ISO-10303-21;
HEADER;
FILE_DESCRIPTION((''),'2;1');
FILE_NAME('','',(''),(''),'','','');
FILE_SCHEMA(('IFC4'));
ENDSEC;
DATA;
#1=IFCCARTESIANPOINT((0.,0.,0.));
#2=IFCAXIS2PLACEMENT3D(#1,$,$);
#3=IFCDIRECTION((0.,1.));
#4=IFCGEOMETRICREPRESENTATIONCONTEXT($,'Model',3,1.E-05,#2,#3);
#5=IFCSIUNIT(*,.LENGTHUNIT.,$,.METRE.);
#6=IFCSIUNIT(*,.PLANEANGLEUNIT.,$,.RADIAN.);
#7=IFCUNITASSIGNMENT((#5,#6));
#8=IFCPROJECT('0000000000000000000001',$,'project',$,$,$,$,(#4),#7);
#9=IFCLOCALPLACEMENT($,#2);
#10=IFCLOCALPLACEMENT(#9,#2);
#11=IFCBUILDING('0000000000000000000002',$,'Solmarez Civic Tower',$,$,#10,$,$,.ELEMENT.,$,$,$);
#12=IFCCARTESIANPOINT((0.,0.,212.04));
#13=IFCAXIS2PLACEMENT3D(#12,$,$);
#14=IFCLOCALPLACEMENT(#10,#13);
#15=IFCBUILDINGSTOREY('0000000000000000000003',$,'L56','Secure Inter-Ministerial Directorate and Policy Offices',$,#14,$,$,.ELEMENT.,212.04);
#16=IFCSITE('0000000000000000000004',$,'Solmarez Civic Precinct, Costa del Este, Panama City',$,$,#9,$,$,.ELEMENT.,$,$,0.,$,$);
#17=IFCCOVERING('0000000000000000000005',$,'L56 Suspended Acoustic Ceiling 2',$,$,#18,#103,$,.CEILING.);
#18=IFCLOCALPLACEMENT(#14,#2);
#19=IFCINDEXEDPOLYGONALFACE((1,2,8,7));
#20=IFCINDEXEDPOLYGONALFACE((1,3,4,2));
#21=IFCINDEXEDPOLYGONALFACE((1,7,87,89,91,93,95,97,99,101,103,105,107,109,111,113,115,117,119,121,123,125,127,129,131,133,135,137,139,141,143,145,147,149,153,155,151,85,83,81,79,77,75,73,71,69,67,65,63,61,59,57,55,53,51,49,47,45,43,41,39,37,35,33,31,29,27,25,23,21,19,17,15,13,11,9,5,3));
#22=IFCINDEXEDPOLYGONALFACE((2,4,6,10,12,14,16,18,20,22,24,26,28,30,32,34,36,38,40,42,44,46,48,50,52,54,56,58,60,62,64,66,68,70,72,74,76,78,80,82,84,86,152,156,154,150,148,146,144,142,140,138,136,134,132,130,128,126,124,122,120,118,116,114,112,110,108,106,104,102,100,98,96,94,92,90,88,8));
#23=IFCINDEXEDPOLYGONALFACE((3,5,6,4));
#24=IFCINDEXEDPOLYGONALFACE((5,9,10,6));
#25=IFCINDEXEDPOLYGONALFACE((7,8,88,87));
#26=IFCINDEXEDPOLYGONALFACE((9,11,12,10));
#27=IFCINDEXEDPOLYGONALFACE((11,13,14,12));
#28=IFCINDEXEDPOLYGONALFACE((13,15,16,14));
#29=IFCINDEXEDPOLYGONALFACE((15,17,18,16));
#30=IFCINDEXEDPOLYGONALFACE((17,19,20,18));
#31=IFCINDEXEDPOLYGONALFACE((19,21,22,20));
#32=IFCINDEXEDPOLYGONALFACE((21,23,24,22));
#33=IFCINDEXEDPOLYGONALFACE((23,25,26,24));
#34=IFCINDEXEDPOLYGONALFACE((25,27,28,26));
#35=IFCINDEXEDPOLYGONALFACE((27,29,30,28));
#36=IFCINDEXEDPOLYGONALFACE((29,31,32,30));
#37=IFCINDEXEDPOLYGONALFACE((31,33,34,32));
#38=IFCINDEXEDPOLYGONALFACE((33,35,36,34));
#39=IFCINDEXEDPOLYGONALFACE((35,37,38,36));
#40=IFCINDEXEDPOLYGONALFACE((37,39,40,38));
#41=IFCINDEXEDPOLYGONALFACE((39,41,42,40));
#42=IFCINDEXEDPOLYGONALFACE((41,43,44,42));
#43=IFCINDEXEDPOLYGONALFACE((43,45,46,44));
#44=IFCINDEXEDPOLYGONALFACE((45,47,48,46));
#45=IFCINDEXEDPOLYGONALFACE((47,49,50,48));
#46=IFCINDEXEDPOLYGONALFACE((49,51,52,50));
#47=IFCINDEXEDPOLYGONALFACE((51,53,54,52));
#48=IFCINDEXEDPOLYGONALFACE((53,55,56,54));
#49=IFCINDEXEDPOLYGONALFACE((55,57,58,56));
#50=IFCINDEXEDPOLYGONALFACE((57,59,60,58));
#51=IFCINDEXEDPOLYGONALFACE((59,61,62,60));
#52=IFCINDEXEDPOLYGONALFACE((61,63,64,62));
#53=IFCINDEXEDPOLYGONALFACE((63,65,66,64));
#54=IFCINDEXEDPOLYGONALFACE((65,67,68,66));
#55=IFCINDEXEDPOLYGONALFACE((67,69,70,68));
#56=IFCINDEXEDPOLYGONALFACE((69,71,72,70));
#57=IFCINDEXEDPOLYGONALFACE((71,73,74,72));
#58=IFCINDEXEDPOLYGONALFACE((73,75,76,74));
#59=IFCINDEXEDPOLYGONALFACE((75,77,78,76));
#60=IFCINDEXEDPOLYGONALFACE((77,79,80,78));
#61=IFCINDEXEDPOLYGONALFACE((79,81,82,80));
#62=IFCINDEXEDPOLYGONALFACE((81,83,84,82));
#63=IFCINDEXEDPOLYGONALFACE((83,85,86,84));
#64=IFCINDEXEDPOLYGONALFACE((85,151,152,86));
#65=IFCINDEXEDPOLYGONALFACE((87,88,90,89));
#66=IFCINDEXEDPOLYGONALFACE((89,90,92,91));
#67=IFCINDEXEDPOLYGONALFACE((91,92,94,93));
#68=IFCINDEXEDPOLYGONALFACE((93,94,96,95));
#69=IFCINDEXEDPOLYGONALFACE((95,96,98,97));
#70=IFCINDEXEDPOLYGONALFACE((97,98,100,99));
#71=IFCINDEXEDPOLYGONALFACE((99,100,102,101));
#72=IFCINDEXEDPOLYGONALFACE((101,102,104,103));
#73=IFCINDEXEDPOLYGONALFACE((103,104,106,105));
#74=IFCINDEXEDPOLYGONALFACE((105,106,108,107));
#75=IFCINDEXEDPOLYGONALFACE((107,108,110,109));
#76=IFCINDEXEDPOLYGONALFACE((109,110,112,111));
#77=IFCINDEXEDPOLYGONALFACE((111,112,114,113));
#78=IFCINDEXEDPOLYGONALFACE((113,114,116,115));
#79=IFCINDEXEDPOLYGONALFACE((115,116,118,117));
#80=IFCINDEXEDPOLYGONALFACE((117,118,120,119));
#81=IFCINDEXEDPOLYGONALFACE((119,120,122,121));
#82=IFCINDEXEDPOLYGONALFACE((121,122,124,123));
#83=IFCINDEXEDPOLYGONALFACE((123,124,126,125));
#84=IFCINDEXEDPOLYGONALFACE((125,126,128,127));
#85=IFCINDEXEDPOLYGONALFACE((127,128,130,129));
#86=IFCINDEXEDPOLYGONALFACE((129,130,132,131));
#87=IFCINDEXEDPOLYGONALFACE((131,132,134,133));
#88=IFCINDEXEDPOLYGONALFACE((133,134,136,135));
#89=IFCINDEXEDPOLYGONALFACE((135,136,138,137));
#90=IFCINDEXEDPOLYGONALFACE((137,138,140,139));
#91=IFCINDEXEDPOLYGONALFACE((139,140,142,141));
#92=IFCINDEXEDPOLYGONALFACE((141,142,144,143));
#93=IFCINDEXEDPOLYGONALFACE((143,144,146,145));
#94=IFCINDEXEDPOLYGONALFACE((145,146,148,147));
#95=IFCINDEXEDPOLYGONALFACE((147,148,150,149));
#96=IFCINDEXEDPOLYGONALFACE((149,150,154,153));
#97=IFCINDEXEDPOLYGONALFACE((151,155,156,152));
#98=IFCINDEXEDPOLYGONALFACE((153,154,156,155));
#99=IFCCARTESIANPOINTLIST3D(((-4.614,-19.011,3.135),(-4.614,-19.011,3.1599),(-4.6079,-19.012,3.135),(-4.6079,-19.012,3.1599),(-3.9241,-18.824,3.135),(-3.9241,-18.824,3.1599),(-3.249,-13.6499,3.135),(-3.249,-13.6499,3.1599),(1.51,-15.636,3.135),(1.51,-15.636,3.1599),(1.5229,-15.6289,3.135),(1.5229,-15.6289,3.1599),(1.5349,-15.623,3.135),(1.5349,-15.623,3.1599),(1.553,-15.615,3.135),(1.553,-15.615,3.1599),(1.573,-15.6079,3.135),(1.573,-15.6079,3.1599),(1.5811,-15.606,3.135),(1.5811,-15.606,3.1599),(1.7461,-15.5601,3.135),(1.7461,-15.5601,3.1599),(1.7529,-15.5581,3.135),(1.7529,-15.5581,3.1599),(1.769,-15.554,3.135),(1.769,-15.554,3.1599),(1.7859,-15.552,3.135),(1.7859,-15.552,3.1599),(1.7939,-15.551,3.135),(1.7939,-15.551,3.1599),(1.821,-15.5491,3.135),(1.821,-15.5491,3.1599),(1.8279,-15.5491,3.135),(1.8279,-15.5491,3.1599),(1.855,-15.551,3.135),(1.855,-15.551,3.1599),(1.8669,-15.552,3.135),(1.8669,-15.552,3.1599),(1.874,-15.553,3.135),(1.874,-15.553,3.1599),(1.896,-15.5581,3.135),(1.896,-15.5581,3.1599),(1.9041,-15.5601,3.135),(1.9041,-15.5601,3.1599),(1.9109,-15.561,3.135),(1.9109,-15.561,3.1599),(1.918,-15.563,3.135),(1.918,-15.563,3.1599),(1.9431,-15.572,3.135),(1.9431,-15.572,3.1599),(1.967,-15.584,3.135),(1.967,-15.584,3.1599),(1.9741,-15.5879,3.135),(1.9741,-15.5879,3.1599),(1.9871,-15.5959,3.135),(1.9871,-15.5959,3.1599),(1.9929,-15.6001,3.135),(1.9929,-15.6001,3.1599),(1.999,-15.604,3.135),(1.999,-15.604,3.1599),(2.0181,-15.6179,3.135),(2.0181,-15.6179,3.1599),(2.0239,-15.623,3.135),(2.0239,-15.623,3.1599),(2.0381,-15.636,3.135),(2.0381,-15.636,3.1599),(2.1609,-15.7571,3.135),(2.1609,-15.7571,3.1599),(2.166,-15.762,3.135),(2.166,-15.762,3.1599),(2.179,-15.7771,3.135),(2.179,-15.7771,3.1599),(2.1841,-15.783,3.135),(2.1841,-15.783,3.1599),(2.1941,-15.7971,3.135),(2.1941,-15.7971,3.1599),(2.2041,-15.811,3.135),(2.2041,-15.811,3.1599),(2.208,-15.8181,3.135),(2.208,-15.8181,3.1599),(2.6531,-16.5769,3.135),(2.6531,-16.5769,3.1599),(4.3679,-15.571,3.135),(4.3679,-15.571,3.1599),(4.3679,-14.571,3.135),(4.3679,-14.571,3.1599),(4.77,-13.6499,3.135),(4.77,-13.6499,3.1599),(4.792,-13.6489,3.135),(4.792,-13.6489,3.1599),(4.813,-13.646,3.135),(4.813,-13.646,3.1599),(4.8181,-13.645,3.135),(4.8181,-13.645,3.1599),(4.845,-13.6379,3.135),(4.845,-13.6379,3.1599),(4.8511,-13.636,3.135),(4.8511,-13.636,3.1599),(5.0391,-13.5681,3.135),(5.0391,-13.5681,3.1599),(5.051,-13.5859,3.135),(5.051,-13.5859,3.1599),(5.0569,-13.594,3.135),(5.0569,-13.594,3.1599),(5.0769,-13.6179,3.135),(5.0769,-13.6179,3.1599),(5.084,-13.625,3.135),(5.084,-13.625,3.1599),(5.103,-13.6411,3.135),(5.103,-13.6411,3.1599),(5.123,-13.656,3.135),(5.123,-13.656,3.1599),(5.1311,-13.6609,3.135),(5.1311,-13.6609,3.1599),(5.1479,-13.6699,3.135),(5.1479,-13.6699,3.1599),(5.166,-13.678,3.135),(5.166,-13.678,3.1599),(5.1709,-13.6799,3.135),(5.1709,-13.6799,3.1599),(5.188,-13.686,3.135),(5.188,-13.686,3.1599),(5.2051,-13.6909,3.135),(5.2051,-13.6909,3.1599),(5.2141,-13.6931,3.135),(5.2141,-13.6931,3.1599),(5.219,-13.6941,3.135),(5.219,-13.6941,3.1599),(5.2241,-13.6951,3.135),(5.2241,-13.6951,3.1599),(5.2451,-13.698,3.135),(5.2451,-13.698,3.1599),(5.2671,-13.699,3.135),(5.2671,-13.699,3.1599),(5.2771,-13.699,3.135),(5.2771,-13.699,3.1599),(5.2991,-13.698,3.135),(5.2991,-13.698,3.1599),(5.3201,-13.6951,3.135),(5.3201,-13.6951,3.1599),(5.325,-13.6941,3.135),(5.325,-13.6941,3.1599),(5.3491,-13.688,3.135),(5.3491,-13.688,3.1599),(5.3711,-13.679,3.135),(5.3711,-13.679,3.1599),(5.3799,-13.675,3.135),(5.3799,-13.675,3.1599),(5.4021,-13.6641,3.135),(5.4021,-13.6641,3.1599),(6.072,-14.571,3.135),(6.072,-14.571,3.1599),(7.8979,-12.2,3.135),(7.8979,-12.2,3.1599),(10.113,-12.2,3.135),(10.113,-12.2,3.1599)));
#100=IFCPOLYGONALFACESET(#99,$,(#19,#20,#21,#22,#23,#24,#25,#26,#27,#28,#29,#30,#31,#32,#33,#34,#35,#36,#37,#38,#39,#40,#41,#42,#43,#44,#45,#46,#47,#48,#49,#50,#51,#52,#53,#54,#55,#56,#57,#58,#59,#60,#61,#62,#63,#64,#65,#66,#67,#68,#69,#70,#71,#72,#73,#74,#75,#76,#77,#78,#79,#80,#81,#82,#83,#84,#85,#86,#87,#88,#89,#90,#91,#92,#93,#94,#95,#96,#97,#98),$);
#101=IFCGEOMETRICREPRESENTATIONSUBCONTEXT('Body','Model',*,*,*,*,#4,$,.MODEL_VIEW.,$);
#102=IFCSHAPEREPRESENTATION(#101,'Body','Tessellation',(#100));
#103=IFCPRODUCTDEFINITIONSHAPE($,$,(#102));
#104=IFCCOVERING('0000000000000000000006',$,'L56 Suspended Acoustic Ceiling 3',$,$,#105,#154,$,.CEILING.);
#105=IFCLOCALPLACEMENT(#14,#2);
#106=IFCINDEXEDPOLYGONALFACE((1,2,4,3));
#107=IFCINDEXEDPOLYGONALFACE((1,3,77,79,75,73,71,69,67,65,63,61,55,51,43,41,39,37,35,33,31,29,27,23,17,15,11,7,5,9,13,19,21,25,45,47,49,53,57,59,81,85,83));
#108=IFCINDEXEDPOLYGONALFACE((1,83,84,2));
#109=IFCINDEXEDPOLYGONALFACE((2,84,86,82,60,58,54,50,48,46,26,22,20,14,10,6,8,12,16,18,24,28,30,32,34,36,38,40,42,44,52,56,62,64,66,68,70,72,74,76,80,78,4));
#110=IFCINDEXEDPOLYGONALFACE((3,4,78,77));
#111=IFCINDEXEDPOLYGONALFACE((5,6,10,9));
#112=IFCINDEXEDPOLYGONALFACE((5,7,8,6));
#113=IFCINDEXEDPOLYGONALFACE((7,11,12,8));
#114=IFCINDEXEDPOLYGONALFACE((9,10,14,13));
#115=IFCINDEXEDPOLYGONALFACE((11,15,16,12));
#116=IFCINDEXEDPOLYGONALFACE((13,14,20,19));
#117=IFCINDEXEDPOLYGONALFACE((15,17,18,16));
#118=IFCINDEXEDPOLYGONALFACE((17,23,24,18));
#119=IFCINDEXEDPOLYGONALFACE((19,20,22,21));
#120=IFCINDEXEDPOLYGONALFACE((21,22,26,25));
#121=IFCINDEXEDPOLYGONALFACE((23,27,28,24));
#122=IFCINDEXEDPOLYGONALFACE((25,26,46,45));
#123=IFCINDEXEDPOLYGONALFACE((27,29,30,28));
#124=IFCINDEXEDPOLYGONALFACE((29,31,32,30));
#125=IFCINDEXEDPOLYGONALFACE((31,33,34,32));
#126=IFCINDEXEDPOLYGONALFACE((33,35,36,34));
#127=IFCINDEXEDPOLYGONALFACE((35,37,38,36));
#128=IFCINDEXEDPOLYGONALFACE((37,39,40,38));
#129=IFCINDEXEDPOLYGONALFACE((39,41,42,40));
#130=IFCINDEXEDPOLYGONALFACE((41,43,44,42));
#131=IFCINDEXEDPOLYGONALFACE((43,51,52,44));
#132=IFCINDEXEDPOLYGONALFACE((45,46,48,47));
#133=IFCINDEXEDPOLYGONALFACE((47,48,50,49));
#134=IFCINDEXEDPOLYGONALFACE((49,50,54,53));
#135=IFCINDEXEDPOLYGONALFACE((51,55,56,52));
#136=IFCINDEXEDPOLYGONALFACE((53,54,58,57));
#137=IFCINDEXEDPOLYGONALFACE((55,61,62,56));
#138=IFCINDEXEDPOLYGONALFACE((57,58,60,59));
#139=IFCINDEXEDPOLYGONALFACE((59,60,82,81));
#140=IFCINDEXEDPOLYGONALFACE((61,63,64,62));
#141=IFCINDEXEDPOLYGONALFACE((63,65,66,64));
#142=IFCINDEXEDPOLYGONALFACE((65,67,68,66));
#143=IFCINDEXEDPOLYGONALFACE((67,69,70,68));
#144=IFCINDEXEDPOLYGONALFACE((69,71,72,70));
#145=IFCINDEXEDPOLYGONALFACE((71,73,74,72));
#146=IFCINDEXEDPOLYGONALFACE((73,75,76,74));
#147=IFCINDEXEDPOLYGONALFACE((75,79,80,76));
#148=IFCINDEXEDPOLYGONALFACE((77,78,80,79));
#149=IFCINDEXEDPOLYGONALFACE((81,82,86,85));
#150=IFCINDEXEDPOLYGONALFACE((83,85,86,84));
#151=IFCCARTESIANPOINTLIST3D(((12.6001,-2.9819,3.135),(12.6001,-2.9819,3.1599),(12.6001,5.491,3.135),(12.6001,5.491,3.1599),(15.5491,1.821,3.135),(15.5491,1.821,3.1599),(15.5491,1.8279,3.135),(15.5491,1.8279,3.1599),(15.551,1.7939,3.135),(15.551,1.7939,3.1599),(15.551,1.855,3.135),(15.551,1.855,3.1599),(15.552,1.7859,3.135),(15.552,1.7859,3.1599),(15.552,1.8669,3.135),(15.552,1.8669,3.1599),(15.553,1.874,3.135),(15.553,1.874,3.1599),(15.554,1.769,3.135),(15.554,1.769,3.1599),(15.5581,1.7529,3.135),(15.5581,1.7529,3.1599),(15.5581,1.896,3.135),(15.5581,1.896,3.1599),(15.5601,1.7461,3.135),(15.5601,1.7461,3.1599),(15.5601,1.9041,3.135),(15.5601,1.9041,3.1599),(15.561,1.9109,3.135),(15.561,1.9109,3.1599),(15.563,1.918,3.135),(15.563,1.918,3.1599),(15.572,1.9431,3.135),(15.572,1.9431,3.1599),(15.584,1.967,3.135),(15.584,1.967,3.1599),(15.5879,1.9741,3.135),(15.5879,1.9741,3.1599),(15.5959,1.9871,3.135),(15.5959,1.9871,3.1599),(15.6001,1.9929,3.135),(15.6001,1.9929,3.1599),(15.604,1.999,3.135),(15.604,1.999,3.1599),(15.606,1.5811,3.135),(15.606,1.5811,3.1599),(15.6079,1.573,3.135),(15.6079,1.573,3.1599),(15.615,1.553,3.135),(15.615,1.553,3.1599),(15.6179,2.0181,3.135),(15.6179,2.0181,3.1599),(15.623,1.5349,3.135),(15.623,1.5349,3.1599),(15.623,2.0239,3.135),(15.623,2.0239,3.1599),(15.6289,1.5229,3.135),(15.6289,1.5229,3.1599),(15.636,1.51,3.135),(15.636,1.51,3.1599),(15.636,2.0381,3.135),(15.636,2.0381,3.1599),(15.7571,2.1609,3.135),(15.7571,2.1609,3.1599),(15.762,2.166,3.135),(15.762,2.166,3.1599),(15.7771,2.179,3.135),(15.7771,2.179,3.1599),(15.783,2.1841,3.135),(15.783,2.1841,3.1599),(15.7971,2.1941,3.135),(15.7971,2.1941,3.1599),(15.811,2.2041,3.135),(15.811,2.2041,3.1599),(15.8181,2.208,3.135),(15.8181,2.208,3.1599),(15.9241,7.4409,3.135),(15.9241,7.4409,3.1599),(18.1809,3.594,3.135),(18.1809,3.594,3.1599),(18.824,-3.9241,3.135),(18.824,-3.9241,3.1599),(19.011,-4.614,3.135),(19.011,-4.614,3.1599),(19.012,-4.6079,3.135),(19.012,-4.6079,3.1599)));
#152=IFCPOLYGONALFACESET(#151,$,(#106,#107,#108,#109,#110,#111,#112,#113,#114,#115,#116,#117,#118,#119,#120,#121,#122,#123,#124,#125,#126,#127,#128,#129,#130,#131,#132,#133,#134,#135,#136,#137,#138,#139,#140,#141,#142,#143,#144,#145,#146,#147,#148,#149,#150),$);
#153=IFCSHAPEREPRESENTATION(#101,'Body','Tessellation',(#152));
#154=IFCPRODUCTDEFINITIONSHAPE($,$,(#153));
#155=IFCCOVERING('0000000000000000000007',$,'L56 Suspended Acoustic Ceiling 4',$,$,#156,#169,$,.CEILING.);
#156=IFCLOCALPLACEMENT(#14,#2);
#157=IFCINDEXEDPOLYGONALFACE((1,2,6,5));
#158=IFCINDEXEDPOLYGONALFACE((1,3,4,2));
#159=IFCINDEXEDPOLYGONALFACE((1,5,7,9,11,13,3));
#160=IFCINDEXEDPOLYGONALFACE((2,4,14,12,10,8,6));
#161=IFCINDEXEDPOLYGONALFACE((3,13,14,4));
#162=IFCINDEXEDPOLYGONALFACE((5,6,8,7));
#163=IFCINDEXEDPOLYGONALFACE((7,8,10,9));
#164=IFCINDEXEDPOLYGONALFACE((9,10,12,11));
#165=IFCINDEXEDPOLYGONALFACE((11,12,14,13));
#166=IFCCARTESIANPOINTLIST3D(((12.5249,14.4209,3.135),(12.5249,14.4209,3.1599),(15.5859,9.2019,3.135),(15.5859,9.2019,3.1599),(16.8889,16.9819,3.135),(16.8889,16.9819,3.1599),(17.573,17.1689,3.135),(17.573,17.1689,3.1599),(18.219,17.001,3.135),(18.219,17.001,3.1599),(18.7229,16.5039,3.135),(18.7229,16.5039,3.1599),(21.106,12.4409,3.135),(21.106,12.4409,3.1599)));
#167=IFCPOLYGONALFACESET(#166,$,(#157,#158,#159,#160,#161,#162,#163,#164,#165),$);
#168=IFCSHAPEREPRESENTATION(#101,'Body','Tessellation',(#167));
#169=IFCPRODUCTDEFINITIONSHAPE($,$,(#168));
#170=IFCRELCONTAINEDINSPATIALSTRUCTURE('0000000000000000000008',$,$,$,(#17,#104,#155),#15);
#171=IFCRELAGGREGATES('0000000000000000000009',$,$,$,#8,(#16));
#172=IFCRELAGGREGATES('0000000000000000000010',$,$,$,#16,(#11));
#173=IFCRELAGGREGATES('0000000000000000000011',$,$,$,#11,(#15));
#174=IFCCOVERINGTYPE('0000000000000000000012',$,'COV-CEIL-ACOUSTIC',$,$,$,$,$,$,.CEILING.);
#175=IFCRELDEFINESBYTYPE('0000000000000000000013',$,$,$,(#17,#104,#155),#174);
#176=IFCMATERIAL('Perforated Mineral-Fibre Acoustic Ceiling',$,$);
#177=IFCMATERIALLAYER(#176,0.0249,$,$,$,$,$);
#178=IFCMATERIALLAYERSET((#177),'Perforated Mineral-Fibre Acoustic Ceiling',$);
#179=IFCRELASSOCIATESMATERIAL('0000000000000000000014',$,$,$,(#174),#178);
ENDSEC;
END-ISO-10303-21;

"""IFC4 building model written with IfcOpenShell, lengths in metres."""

from ifc_helpers import new_model, si_unit, direction, frame, origin, place, context, subcontext, project, spatial, polyline, outline, extrude, material, layer, layer_set, type_object, element, save


model = new_model("IFC4")

# Units and contexts
model_context = context("Model", 3, precision=1e-05, world=origin(), true_north=direction((0.0, 1.0)))
body_context = subcontext(model_context, "Body", "Model", "MODEL_VIEW")
ifc_project = project(units=[si_unit("LENGTHUNIT", "METRE"), si_unit("PLANEANGLEUNIT", "RADIAN")], contexts=[model_context])

# Site, building, storey
site_placement = place(None, origin())
site = spatial("IfcSite", under=ifc_project, at=site_placement, Name="Solmarez Civic Precinct, Costa del Este, Panama City", CompositionType="ELEMENT", RefElevation=0.0)
building_placement = place(site_placement, origin())
building = spatial("IfcBuilding", under=site, at=building_placement, Name="Solmarez Civic Tower", CompositionType="ELEMENT")
storey_placement = place(building_placement, frame((0.0, 0.0, 212.04)))
storey = spatial("IfcBuildingStorey", under=building, at=storey_placement, Name="L56", Description="Secure Inter-Ministerial Directorate and Policy Offices", CompositionType="ELEMENT", Elevation=212.04)

# Coverings
ifc_material_1 = material(Name="Perforated Mineral-Fibre Acoustic Ceiling")
ifc_layer_1 = layer(ifc_material_1, 0.0249)
ifc_layer_set_1 = layer_set([ifc_layer_1], Name="Perforated Mineral-Fibre Acoustic Ceiling")
covering_type_1 = type_object("IfcCoveringType", Name="COV-CEIL-ACOUSTIC", PredefinedType="CEILING", material=ifc_layer_set_1)
covering_1_placement = place(storey_placement, frame((0.0, 0.0, 3.135)))
element("IfcCovering", 1, at=covering_1_placement, inside=storey, type_object=covering_type_1, Name="L56 Suspended Acoustic Ceiling 2", PredefinedType="CEILING", context=body_context, shape_type="SweptSolid", body=[
    extrude(outline(polyline([(5.0391, -13.5681), (4.8511, -13.636), (4.845, -13.6379), (4.8181, -13.645), (4.813, -13.646), (4.792, -13.6489), (4.77, -13.6499), (-3.249, -13.6499), (-4.614, -19.011), (-4.6079, -19.012), (-3.9241, -18.824), (1.51, -15.636), (1.5229, -15.6289), (1.5349, -15.623), (1.553, -15.615), (1.573, -15.6079), (1.5811, -15.606), (1.7461, -15.5601), (1.7529, -15.5581), (1.769, -15.554), (1.7859, -15.552), (1.7939, -15.551), (1.821, -15.5491), (1.8279, -15.5491), (1.855, -15.551), (1.8669, -15.552), (1.874, -15.553), (1.896, -15.5581), (1.9041, -15.5601), (1.9109, -15.561), (1.918, -15.563), (1.9431, -15.572), (1.967, -15.584), (1.9741, -15.5879), (1.9871, -15.5959), (1.9929, -15.6001), (1.999, -15.604), (2.0181, -15.6179), (2.0239, -15.623), (2.0381, -15.636), (2.1609, -15.7571), (2.166, -15.762), (2.179, -15.7771), (2.1841, -15.783), (2.1941, -15.7971), (2.2041, -15.811), (2.208, -15.8181), (2.6531, -16.5769), (4.3679, -15.571), (4.3679, -14.571), (6.072, -14.571), (10.113, -12.2), (7.8979, -12.2), (5.4021, -13.6641), (5.3799, -13.675), (5.3711, -13.679), (5.3491, -13.688), (5.325, -13.6941), (5.3201, -13.6951), (5.2991, -13.698), (5.2771, -13.699), (5.2671, -13.699), (5.2451, -13.698), (5.2241, -13.6951), (5.219, -13.6941), (5.2141, -13.6931), (5.2051, -13.6909), (5.188, -13.686), (5.1709, -13.6799), (5.166, -13.678), (5.1479, -13.6699), (5.1311, -13.6609), (5.123, -13.656), (5.103, -13.6411), (5.084, -13.625), (5.0769, -13.6179), (5.0569, -13.594), (5.051, -13.5859), (5.0391, -13.5681)])), origin(), (0.0, 0.0, 1.0), 0.0249),
])
covering_2_placement = place(storey_placement, frame((0.0, 0.0, 3.135)))
element("IfcCovering", 2, at=covering_2_placement, inside=storey, type_object=covering_type_1, Name="L56 Suspended Acoustic Ceiling 3", PredefinedType="CEILING", context=body_context, shape_type="SweptSolid", body=[
    extrude(outline(polyline([(12.6001, 5.491), (12.6001, -2.9819), (19.011, -4.614), (19.012, -4.6079), (18.824, -3.9241), (15.636, 1.51), (15.6289, 1.5229), (15.623, 1.5349), (15.615, 1.553), (15.6079, 1.573), (15.606, 1.5811), (15.5601, 1.7461), (15.5581, 1.7529), (15.554, 1.769), (15.552, 1.7859), (15.551, 1.7939), (15.5491, 1.821), (15.5491, 1.8279), (15.551, 1.855), (15.552, 1.8669), (15.553, 1.874), (15.5581, 1.896), (15.5601, 1.9041), (15.561, 1.9109), (15.563, 1.918), (15.572, 1.9431), (15.584, 1.967), (15.5879, 1.9741), (15.5959, 1.9871), (15.6001, 1.9929), (15.604, 1.999), (15.6179, 2.0181), (15.623, 2.0239), (15.636, 2.0381), (15.7571, 2.1609), (15.762, 2.166), (15.7771, 2.179), (15.783, 2.1841), (15.7971, 2.1941), (15.811, 2.2041), (15.8181, 2.208), (18.1809, 3.594), (15.9241, 7.4409), (12.6001, 5.491)])), origin(), (0.0, 0.0, 1.0), 0.0249),
])
covering_3_placement = place(storey_placement, frame((0.0, 0.0, 3.135)))
element("IfcCovering", 3, at=covering_3_placement, inside=storey, type_object=covering_type_1, Name="L56 Suspended Acoustic Ceiling 4", PredefinedType="CEILING", context=body_context, shape_type="SweptSolid", body=[
    extrude(outline(polyline([(21.106, 12.4409), (18.7229, 16.5039), (18.219, 17.001), (17.573, 17.1689), (16.8889, 16.9819), (12.5249, 14.4209), (15.5859, 9.2019), (21.106, 12.4409)])), origin(), (0.0, 0.0, 1.0), 0.0249),
])

save(model, "model.ifc")
